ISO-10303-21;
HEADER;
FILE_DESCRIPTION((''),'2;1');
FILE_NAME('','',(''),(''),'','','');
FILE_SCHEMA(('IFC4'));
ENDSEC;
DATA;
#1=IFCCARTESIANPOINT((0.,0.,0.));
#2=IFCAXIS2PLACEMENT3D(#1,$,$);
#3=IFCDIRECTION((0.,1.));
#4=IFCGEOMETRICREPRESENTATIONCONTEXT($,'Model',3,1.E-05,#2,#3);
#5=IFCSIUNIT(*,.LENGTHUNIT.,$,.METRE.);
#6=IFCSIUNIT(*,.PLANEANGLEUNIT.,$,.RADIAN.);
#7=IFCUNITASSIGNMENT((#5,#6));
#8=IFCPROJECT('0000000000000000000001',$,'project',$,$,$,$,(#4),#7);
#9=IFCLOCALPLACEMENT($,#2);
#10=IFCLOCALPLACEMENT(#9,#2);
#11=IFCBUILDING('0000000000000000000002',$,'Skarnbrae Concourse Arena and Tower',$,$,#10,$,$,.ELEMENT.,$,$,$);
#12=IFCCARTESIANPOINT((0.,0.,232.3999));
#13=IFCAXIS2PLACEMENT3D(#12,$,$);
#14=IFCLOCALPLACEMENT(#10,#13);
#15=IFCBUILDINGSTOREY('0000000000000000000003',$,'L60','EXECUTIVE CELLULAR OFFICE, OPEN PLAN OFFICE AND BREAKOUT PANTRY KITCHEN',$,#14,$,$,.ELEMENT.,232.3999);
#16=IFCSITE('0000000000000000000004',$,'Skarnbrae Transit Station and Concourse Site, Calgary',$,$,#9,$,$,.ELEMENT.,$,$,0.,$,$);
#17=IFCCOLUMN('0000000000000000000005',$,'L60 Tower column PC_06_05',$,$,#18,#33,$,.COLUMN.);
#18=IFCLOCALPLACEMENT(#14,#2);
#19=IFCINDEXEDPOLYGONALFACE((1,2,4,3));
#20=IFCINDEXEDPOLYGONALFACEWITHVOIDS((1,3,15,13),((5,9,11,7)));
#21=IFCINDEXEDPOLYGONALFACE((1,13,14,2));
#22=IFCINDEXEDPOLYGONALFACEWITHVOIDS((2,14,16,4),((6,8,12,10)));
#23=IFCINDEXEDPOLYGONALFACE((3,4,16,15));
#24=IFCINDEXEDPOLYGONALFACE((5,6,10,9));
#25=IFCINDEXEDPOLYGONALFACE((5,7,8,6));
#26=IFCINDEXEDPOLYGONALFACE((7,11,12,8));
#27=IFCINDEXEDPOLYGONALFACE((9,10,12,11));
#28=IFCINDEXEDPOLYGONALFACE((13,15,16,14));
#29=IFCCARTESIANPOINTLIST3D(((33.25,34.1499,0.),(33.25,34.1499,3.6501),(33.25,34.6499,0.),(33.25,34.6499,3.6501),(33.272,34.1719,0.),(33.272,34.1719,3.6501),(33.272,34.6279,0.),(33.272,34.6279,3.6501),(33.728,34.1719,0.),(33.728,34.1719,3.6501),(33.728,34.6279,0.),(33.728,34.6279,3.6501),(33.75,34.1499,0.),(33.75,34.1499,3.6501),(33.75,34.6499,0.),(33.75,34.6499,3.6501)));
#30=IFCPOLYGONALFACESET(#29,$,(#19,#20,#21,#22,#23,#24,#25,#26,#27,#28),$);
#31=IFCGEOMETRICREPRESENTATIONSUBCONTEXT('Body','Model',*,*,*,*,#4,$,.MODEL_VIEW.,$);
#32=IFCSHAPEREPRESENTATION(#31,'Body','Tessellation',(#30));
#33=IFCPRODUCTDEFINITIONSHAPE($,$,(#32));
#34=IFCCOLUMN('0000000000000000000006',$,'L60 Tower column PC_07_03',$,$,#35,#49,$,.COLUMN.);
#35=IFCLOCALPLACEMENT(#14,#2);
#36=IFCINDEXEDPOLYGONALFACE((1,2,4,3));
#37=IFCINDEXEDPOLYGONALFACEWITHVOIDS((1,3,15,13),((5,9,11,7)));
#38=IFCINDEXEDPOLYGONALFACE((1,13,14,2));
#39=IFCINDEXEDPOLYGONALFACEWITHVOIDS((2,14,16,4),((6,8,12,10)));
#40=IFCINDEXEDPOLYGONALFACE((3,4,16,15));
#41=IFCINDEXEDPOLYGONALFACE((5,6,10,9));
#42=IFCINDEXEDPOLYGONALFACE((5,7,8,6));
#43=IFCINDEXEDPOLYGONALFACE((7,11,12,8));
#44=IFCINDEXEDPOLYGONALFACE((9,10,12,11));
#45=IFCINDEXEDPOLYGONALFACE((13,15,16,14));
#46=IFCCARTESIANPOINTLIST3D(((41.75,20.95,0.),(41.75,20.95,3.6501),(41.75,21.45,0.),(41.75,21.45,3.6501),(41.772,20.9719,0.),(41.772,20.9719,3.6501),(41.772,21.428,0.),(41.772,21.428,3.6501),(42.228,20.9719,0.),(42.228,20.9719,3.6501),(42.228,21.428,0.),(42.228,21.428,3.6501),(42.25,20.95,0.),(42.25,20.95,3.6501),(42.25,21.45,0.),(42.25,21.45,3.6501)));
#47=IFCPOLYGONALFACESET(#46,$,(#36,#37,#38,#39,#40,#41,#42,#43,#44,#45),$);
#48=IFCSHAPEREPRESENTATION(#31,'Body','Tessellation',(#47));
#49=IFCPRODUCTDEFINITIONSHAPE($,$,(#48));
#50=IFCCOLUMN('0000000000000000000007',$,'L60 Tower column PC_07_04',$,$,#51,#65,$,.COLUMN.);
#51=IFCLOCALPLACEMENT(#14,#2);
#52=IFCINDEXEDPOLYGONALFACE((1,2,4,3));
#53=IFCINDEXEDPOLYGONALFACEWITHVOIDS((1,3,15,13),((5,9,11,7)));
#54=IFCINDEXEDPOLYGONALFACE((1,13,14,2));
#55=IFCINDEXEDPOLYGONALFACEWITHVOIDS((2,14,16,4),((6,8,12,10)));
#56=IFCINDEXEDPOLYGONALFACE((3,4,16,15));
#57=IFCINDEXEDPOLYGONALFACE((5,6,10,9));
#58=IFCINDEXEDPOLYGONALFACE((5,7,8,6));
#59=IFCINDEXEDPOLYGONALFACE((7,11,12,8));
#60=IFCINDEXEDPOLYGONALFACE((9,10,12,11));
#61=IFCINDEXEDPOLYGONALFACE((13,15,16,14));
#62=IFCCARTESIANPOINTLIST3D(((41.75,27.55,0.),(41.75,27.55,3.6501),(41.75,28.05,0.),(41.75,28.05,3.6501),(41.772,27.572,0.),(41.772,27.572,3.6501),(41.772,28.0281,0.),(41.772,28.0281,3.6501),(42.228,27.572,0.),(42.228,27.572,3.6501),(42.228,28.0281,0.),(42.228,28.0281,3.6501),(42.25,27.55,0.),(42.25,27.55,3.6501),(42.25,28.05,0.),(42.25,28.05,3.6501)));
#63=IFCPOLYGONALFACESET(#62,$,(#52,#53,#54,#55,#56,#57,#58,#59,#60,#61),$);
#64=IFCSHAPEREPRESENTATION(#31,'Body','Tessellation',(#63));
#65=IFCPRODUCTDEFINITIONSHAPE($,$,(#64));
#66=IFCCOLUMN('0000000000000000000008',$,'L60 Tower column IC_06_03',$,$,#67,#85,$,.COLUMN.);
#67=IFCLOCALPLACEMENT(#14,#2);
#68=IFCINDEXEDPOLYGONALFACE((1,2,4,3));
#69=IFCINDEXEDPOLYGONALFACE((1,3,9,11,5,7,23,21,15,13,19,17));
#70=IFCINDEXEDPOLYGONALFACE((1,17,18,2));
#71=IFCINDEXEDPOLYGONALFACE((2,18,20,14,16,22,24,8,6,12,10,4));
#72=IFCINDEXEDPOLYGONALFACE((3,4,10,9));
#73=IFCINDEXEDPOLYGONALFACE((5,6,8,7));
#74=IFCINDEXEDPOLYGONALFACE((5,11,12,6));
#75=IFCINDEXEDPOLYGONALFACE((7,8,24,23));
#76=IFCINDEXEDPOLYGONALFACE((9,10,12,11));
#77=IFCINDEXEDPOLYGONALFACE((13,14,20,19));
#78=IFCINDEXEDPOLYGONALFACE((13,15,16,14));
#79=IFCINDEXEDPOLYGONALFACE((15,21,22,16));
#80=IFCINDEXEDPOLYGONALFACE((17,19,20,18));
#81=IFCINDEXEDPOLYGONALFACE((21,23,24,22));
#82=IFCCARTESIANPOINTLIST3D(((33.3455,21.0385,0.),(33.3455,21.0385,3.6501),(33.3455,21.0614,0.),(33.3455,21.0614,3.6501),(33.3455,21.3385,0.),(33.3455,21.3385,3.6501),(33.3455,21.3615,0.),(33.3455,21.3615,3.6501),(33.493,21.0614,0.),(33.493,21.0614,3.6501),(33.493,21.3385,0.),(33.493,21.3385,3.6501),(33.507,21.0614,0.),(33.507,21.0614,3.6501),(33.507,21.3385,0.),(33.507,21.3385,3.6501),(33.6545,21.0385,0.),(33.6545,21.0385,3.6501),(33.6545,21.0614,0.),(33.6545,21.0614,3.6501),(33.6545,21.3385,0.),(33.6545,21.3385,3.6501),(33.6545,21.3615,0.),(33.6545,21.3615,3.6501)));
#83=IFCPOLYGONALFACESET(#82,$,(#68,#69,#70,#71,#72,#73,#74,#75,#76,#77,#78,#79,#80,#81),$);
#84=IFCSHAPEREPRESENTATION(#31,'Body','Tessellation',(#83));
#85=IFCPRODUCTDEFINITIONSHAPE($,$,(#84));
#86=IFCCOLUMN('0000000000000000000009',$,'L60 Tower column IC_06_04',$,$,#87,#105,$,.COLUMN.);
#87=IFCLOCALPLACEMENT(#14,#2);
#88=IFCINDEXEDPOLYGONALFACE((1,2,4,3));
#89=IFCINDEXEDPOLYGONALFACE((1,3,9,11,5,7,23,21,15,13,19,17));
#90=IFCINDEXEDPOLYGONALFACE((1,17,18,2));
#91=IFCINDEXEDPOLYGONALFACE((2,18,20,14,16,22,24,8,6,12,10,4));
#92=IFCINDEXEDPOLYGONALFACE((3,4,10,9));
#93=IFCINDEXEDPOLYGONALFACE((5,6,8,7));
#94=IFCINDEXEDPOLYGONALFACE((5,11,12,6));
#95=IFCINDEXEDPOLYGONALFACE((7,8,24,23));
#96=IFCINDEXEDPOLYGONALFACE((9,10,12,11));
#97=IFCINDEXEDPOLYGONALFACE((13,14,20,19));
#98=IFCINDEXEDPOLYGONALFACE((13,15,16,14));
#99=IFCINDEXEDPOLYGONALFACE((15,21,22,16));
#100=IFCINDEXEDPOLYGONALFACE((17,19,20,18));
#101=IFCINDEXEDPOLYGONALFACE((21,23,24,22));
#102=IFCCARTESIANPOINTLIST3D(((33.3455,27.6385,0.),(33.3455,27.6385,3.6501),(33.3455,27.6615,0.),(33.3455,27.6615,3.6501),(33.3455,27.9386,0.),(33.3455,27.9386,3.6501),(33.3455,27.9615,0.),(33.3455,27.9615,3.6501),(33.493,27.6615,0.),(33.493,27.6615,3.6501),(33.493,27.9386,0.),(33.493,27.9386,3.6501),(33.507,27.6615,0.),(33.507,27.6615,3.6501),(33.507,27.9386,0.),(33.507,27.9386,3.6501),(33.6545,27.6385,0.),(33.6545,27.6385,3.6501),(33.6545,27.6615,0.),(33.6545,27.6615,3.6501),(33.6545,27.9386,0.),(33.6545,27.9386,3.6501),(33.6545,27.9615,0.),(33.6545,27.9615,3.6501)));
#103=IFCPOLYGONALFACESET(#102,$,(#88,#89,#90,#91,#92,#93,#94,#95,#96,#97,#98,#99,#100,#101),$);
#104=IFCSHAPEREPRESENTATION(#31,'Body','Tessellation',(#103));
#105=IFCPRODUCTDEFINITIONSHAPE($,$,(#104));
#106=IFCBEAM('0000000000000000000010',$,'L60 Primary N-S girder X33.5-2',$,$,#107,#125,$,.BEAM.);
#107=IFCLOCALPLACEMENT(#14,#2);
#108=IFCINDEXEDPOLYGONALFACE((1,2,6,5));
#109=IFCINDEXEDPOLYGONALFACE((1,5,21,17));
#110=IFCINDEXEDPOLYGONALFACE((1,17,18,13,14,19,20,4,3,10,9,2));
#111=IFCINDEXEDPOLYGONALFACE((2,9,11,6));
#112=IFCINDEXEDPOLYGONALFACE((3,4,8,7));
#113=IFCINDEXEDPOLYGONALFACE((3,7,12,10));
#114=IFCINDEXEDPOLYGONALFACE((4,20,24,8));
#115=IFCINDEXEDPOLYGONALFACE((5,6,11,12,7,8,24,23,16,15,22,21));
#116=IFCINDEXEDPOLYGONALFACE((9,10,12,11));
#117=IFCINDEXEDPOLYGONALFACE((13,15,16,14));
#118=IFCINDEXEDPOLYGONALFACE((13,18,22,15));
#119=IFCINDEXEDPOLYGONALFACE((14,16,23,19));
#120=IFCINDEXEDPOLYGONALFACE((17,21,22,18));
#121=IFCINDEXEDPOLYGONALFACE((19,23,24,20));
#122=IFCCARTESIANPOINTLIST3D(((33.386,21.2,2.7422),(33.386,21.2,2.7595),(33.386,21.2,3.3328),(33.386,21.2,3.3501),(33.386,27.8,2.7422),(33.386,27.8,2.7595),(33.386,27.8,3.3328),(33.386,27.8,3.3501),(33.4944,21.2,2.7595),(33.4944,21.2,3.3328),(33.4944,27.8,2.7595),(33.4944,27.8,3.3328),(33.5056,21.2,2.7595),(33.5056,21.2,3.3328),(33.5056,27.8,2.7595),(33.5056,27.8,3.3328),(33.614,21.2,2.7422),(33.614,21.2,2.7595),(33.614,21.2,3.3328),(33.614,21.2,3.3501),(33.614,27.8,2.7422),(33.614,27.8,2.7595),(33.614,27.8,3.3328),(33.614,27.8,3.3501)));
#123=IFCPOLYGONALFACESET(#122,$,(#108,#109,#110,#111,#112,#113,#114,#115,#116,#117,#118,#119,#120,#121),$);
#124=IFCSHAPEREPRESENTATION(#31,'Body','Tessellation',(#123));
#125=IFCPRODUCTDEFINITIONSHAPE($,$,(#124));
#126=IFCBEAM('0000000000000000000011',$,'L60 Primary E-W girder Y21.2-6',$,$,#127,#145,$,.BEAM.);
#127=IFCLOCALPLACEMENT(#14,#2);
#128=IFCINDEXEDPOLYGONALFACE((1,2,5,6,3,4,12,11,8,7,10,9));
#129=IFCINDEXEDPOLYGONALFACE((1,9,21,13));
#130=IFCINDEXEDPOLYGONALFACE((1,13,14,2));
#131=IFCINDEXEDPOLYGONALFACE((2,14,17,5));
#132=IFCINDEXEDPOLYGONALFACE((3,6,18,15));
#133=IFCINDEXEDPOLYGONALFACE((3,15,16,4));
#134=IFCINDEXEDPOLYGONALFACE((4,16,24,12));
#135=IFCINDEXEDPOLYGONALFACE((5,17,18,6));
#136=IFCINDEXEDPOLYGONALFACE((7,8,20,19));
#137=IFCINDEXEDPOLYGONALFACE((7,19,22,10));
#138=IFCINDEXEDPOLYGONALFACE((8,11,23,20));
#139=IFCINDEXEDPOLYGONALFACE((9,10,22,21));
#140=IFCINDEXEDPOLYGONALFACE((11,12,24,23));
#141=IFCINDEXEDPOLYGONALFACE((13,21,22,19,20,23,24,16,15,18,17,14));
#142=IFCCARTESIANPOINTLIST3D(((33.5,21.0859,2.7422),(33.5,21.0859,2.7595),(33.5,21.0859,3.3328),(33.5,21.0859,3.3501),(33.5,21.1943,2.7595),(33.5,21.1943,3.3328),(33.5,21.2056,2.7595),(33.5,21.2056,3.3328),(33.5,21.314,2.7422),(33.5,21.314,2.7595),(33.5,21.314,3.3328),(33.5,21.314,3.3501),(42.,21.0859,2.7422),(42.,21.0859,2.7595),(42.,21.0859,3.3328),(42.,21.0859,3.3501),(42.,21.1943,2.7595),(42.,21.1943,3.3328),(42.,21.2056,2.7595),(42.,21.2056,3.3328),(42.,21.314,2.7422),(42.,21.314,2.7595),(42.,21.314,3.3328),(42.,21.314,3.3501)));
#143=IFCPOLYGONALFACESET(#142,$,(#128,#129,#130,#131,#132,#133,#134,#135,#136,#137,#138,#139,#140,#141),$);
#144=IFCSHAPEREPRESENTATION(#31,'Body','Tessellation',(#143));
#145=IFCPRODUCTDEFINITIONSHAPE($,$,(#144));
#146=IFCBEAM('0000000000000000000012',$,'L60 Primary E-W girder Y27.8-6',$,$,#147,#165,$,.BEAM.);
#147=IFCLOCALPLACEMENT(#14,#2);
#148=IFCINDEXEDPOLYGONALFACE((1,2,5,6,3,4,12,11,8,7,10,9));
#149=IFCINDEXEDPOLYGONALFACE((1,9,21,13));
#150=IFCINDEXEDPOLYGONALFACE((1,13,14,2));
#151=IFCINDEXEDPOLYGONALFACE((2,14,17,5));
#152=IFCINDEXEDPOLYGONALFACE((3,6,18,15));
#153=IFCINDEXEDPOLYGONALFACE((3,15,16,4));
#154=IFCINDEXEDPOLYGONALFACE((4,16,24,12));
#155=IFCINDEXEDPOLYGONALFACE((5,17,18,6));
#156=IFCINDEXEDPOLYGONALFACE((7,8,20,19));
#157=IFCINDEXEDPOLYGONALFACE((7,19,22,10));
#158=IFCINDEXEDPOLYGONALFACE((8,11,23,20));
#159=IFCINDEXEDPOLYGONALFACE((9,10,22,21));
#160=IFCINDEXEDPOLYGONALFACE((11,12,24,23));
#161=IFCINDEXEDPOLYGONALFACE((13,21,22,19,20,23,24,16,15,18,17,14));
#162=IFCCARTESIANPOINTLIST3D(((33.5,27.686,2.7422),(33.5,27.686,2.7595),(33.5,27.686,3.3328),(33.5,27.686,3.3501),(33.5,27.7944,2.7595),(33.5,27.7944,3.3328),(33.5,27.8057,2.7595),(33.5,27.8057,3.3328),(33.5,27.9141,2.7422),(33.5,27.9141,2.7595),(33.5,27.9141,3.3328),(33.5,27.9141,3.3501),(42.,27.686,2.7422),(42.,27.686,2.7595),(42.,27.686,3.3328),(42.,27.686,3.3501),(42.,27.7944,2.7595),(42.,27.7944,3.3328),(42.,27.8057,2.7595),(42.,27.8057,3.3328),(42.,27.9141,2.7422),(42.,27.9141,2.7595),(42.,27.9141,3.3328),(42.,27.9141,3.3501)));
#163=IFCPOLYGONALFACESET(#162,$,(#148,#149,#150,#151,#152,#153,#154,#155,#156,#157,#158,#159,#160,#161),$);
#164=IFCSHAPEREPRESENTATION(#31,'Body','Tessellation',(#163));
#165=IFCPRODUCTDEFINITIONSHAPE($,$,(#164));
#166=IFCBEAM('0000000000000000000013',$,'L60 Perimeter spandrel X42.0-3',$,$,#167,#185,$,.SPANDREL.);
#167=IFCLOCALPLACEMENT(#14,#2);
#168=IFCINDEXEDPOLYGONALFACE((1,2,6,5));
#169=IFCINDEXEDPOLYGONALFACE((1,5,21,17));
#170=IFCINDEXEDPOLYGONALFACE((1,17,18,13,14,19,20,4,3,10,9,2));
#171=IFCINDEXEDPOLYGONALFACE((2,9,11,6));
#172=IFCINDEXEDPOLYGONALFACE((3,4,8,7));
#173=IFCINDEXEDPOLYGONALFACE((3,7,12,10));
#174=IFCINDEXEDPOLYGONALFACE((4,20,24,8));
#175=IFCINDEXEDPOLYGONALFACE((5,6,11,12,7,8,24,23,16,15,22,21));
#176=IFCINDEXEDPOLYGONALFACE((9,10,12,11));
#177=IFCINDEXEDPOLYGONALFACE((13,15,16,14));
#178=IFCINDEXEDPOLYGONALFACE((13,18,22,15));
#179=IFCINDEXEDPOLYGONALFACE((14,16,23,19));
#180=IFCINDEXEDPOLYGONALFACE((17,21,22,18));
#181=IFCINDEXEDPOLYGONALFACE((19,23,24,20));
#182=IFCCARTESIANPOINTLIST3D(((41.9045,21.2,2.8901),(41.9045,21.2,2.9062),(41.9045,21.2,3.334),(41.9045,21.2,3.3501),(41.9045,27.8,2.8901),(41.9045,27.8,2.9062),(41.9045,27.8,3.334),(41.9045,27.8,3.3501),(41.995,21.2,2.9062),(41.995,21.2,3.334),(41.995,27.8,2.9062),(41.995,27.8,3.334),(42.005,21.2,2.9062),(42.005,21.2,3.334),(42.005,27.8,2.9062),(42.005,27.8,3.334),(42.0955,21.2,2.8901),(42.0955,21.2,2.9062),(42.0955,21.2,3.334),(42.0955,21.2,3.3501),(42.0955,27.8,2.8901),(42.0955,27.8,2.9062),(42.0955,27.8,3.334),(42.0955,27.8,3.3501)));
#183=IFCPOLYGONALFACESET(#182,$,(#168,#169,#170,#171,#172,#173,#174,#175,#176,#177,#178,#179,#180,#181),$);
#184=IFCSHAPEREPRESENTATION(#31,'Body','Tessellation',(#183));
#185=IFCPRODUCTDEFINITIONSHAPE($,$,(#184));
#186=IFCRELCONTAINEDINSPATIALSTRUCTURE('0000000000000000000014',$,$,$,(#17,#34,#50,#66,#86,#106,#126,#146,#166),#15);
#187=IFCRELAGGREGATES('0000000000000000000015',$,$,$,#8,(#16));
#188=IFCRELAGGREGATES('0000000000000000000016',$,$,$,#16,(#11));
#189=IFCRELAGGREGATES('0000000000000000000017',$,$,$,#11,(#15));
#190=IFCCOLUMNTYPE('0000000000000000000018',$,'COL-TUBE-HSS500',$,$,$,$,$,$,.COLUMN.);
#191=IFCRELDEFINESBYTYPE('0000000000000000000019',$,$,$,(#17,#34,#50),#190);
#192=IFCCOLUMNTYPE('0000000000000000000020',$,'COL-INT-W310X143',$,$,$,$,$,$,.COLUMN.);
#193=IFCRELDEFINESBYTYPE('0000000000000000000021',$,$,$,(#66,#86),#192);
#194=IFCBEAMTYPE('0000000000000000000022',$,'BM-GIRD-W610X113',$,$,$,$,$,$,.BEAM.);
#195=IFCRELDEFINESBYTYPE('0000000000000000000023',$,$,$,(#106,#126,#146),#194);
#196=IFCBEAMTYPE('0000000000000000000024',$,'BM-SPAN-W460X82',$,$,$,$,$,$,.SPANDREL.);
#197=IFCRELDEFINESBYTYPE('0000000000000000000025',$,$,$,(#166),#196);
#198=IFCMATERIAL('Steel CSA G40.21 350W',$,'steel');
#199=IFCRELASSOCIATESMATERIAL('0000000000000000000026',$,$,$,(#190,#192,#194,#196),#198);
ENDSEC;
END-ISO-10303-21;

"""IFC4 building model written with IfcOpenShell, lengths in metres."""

from ifc_helpers import new_model, si_unit, direction, frame, origin, origin_2d, place, context, subcontext, project, spatial, hollow_rectangle, i_section, extrude, source, transform, mapped, material, material_profile, profile_set, type_object, element, save


model = new_model("IFC4")

# Units and contexts
model_context = context("Model", 3, precision=1e-05, world=origin(), true_north=direction((0.0, 1.0)))
body_context = subcontext(model_context, "Body", "Model", "MODEL_VIEW")
ifc_project = project(units=[si_unit("LENGTHUNIT", "METRE"), si_unit("PLANEANGLEUNIT", "RADIAN")], contexts=[model_context])

# Site, building, storey
site_placement = place(None, origin())
site = spatial("IfcSite", under=ifc_project, at=site_placement, Name="Skarnbrae Transit Station and Concourse Site, Calgary", CompositionType="ELEMENT", RefElevation=0.0)
building_placement = place(site_placement, origin())
building = spatial("IfcBuilding", under=site, at=building_placement, Name="Skarnbrae Concourse Arena and Tower", CompositionType="ELEMENT")
storey_placement = place(building_placement, frame((0.0, 0.0, 232.3999)))
storey = spatial("IfcBuildingStorey", under=building, at=storey_placement, Name="L60", Description="EXECUTIVE CELLULAR OFFICE, OPEN PLAN OFFICE AND BREAKOUT PANTRY KITCHEN", CompositionType="ELEMENT", Elevation=232.3999)

# Columns
ifc_material_1 = material(Name="Steel CSA G40.21 350W", Category="steel")
ifc_material_profile_1 = material_profile(ifc_material_1, hollow_rectangle(XDim=0.5, YDim=0.5, WallThickness=0.022, at=origin_2d()), Name="HSS500X500X22.0")
ifc_profile_set_1 = profile_set([ifc_material_profile_1], Name="Steel CSA G40.21 350W")
column_type_1 = type_object("IfcColumnType", Name="COL-TUBE-HSS500", PredefinedType="COLUMN", material=ifc_profile_set_1)
shared_shape_1 = source(origin(), body_context, "Body", "SweptSolid", [
    extrude(hollow_rectangle(XDim=0.5, YDim=0.5, WallThickness=0.022, at=origin_2d()), origin(), (0.0, 0.0, 1.0), 3.6501),
])
for number, where, z_axis, x_axis, name in (
    (1, (33.5, 34.3999, 0.0), (0.0, 0.0, 1.0), (1.0, 0.0, 0.0), "L60 Tower column PC_06_05"),
    (2, (42.0, 21.2, 0.0), (0.0, 0.0, 1.0), (1.0, 0.0, 0.0), "L60 Tower column PC_07_03"),
    (3, (42.0, 27.8, 0.0), (0.0, 0.0, 1.0), (1.0, 0.0, 0.0), "L60 Tower column PC_07_04"),
):
    element("IfcColumn", number, at=place(storey_placement, frame(where, z_axis=z_axis, x_axis=x_axis)), inside=storey, type_object=column_type_1, Name=name, PredefinedType="COLUMN", context=body_context, shape_type="MappedRepresentation", body=[
        mapped(shared_shape_1, transform((0.0, 0.0, 0.0))),
    ])
ifc_material_profile_2 = material_profile(ifc_material_1, i_section(OverallWidth=0.3091, OverallDepth=0.323, WebThickness=0.0139, FlangeThickness=0.0229, at=origin_2d()), Name="W310X143")
ifc_profile_set_2 = profile_set([ifc_material_profile_2], Name="Steel CSA G40.21 350W")
column_type_2 = type_object("IfcColumnType", Name="COL-INT-W310X143", PredefinedType="COLUMN", material=ifc_profile_set_2)
shared_shape_2 = source(origin(), body_context, "Body", "SweptSolid", [
    extrude(i_section(OverallWidth=0.3091, OverallDepth=0.323, WebThickness=0.0139, FlangeThickness=0.0229, at=origin_2d()), origin(), (0.0, 0.0, 1.0), 3.6501),
])
for number, where, z_axis, x_axis, name in (
    (4, (33.5, 21.2, 0.0), (0.0, 0.0, 1.0), (1.0, 0.0, 0.0), "L60 Tower column IC_06_03"),
    (5, (33.5, 27.8, 0.0), (0.0, 0.0, 1.0), (1.0, 0.0, 0.0), "L60 Tower column IC_06_04"),
):
    element("IfcColumn", number, at=place(storey_placement, frame(where, z_axis=z_axis, x_axis=x_axis)), inside=storey, type_object=column_type_2, Name=name, PredefinedType="COLUMN", context=body_context, shape_type="MappedRepresentation", body=[
        mapped(shared_shape_2, transform((0.0, 0.0, 0.0))),
    ])

# Beams
ifc_material_profile_3 = material_profile(ifc_material_1, i_section(OverallWidth=0.228, OverallDepth=0.6079, WebThickness=0.0112, FlangeThickness=0.0173, at=origin_2d()), Name="W610X113")
ifc_profile_set_3 = profile_set([ifc_material_profile_3], Name="Steel CSA G40.21 350W")
beam_type_1 = type_object("IfcBeamType", Name="BM-GIRD-W610X113", PredefinedType="BEAM", material=ifc_profile_set_3)
shared_shape_3 = source(origin(), body_context, "Body", "SweptSolid", [
    extrude(i_section(OverallWidth=0.228, OverallDepth=0.6079, WebThickness=0.0112, FlangeThickness=0.0173, at=origin_2d()), origin(), (0.0, 0.0, 1.0), 6.6001),
])
beam_1_placement = place(storey_placement, frame((33.5, 21.2, 3.0461), z_axis=(0.0, 1.0, 0.0), x_axis=(-1.0, 0.0, 0.0)))
element("IfcBeam", 6, at=beam_1_placement, inside=storey, type_object=beam_type_1, Name="L60 Primary N-S girder X33.5-2", PredefinedType="BEAM", context=body_context, shape_type="MappedRepresentation", body=[
    mapped(shared_shape_3, transform((0.0, 0.0, 0.0))),
])
shared_shape_4 = source(origin(), body_context, "Body", "SweptSolid", [
    extrude(i_section(OverallWidth=0.228, OverallDepth=0.6079, WebThickness=0.0112, FlangeThickness=0.0173, at=origin_2d()), origin(), (0.0, 0.0, 1.0), 8.5),
])
for number, where, z_axis, x_axis, name in (
    (7, (33.5, 21.2, 3.0461), (1.0, 0.0, 0.0), (0.0, 1.0, 0.0), "L60 Primary E-W girder Y21.2-6"),
    (8, (33.5, 27.8, 3.0461), (1.0, 0.0, 0.0), (0.0, 1.0, 0.0), "L60 Primary E-W girder Y27.8-6"),
):
    element("IfcBeam", number, at=place(storey_placement, frame(where, z_axis=z_axis, x_axis=x_axis)), inside=storey, type_object=beam_type_1, Name=name, PredefinedType="BEAM", context=body_context, shape_type="MappedRepresentation", body=[
        mapped(shared_shape_4, transform((0.0, 0.0, 0.0))),
    ])
ifc_material_profile_4 = material_profile(ifc_material_1, i_section(OverallWidth=0.1909, OverallDepth=0.46, WebThickness=0.01, FlangeThickness=0.0161, at=origin_2d()), Name="W460X82")
ifc_profile_set_4 = profile_set([ifc_material_profile_4], Name="Steel CSA G40.21 350W")
beam_type_2 = type_object("IfcBeamType", Name="BM-SPAN-W460X82", PredefinedType="SPANDREL", material=ifc_profile_set_4)
shared_shape_5 = source(origin(), body_context, "Body", "SweptSolid", [
    extrude(i_section(OverallWidth=0.1909, OverallDepth=0.46, WebThickness=0.01, FlangeThickness=0.0161, at=origin_2d()), origin(), (0.0, 0.0, 1.0), 6.6001),
])
beam_2_placement = place(storey_placement, frame((42.0, 21.2, 3.1201), z_axis=(0.0, 1.0, 0.0), x_axis=(-1.0, 0.0, 0.0)))
element("IfcBeam", 9, at=beam_2_placement, inside=storey, type_object=beam_type_2, Name="L60 Perimeter spandrel X42.0-3", PredefinedType="SPANDREL", context=body_context, shape_type="MappedRepresentation", body=[
    mapped(shared_shape_5, transform((0.0, 0.0, 0.0))),
])

save(model, "model.ifc")
